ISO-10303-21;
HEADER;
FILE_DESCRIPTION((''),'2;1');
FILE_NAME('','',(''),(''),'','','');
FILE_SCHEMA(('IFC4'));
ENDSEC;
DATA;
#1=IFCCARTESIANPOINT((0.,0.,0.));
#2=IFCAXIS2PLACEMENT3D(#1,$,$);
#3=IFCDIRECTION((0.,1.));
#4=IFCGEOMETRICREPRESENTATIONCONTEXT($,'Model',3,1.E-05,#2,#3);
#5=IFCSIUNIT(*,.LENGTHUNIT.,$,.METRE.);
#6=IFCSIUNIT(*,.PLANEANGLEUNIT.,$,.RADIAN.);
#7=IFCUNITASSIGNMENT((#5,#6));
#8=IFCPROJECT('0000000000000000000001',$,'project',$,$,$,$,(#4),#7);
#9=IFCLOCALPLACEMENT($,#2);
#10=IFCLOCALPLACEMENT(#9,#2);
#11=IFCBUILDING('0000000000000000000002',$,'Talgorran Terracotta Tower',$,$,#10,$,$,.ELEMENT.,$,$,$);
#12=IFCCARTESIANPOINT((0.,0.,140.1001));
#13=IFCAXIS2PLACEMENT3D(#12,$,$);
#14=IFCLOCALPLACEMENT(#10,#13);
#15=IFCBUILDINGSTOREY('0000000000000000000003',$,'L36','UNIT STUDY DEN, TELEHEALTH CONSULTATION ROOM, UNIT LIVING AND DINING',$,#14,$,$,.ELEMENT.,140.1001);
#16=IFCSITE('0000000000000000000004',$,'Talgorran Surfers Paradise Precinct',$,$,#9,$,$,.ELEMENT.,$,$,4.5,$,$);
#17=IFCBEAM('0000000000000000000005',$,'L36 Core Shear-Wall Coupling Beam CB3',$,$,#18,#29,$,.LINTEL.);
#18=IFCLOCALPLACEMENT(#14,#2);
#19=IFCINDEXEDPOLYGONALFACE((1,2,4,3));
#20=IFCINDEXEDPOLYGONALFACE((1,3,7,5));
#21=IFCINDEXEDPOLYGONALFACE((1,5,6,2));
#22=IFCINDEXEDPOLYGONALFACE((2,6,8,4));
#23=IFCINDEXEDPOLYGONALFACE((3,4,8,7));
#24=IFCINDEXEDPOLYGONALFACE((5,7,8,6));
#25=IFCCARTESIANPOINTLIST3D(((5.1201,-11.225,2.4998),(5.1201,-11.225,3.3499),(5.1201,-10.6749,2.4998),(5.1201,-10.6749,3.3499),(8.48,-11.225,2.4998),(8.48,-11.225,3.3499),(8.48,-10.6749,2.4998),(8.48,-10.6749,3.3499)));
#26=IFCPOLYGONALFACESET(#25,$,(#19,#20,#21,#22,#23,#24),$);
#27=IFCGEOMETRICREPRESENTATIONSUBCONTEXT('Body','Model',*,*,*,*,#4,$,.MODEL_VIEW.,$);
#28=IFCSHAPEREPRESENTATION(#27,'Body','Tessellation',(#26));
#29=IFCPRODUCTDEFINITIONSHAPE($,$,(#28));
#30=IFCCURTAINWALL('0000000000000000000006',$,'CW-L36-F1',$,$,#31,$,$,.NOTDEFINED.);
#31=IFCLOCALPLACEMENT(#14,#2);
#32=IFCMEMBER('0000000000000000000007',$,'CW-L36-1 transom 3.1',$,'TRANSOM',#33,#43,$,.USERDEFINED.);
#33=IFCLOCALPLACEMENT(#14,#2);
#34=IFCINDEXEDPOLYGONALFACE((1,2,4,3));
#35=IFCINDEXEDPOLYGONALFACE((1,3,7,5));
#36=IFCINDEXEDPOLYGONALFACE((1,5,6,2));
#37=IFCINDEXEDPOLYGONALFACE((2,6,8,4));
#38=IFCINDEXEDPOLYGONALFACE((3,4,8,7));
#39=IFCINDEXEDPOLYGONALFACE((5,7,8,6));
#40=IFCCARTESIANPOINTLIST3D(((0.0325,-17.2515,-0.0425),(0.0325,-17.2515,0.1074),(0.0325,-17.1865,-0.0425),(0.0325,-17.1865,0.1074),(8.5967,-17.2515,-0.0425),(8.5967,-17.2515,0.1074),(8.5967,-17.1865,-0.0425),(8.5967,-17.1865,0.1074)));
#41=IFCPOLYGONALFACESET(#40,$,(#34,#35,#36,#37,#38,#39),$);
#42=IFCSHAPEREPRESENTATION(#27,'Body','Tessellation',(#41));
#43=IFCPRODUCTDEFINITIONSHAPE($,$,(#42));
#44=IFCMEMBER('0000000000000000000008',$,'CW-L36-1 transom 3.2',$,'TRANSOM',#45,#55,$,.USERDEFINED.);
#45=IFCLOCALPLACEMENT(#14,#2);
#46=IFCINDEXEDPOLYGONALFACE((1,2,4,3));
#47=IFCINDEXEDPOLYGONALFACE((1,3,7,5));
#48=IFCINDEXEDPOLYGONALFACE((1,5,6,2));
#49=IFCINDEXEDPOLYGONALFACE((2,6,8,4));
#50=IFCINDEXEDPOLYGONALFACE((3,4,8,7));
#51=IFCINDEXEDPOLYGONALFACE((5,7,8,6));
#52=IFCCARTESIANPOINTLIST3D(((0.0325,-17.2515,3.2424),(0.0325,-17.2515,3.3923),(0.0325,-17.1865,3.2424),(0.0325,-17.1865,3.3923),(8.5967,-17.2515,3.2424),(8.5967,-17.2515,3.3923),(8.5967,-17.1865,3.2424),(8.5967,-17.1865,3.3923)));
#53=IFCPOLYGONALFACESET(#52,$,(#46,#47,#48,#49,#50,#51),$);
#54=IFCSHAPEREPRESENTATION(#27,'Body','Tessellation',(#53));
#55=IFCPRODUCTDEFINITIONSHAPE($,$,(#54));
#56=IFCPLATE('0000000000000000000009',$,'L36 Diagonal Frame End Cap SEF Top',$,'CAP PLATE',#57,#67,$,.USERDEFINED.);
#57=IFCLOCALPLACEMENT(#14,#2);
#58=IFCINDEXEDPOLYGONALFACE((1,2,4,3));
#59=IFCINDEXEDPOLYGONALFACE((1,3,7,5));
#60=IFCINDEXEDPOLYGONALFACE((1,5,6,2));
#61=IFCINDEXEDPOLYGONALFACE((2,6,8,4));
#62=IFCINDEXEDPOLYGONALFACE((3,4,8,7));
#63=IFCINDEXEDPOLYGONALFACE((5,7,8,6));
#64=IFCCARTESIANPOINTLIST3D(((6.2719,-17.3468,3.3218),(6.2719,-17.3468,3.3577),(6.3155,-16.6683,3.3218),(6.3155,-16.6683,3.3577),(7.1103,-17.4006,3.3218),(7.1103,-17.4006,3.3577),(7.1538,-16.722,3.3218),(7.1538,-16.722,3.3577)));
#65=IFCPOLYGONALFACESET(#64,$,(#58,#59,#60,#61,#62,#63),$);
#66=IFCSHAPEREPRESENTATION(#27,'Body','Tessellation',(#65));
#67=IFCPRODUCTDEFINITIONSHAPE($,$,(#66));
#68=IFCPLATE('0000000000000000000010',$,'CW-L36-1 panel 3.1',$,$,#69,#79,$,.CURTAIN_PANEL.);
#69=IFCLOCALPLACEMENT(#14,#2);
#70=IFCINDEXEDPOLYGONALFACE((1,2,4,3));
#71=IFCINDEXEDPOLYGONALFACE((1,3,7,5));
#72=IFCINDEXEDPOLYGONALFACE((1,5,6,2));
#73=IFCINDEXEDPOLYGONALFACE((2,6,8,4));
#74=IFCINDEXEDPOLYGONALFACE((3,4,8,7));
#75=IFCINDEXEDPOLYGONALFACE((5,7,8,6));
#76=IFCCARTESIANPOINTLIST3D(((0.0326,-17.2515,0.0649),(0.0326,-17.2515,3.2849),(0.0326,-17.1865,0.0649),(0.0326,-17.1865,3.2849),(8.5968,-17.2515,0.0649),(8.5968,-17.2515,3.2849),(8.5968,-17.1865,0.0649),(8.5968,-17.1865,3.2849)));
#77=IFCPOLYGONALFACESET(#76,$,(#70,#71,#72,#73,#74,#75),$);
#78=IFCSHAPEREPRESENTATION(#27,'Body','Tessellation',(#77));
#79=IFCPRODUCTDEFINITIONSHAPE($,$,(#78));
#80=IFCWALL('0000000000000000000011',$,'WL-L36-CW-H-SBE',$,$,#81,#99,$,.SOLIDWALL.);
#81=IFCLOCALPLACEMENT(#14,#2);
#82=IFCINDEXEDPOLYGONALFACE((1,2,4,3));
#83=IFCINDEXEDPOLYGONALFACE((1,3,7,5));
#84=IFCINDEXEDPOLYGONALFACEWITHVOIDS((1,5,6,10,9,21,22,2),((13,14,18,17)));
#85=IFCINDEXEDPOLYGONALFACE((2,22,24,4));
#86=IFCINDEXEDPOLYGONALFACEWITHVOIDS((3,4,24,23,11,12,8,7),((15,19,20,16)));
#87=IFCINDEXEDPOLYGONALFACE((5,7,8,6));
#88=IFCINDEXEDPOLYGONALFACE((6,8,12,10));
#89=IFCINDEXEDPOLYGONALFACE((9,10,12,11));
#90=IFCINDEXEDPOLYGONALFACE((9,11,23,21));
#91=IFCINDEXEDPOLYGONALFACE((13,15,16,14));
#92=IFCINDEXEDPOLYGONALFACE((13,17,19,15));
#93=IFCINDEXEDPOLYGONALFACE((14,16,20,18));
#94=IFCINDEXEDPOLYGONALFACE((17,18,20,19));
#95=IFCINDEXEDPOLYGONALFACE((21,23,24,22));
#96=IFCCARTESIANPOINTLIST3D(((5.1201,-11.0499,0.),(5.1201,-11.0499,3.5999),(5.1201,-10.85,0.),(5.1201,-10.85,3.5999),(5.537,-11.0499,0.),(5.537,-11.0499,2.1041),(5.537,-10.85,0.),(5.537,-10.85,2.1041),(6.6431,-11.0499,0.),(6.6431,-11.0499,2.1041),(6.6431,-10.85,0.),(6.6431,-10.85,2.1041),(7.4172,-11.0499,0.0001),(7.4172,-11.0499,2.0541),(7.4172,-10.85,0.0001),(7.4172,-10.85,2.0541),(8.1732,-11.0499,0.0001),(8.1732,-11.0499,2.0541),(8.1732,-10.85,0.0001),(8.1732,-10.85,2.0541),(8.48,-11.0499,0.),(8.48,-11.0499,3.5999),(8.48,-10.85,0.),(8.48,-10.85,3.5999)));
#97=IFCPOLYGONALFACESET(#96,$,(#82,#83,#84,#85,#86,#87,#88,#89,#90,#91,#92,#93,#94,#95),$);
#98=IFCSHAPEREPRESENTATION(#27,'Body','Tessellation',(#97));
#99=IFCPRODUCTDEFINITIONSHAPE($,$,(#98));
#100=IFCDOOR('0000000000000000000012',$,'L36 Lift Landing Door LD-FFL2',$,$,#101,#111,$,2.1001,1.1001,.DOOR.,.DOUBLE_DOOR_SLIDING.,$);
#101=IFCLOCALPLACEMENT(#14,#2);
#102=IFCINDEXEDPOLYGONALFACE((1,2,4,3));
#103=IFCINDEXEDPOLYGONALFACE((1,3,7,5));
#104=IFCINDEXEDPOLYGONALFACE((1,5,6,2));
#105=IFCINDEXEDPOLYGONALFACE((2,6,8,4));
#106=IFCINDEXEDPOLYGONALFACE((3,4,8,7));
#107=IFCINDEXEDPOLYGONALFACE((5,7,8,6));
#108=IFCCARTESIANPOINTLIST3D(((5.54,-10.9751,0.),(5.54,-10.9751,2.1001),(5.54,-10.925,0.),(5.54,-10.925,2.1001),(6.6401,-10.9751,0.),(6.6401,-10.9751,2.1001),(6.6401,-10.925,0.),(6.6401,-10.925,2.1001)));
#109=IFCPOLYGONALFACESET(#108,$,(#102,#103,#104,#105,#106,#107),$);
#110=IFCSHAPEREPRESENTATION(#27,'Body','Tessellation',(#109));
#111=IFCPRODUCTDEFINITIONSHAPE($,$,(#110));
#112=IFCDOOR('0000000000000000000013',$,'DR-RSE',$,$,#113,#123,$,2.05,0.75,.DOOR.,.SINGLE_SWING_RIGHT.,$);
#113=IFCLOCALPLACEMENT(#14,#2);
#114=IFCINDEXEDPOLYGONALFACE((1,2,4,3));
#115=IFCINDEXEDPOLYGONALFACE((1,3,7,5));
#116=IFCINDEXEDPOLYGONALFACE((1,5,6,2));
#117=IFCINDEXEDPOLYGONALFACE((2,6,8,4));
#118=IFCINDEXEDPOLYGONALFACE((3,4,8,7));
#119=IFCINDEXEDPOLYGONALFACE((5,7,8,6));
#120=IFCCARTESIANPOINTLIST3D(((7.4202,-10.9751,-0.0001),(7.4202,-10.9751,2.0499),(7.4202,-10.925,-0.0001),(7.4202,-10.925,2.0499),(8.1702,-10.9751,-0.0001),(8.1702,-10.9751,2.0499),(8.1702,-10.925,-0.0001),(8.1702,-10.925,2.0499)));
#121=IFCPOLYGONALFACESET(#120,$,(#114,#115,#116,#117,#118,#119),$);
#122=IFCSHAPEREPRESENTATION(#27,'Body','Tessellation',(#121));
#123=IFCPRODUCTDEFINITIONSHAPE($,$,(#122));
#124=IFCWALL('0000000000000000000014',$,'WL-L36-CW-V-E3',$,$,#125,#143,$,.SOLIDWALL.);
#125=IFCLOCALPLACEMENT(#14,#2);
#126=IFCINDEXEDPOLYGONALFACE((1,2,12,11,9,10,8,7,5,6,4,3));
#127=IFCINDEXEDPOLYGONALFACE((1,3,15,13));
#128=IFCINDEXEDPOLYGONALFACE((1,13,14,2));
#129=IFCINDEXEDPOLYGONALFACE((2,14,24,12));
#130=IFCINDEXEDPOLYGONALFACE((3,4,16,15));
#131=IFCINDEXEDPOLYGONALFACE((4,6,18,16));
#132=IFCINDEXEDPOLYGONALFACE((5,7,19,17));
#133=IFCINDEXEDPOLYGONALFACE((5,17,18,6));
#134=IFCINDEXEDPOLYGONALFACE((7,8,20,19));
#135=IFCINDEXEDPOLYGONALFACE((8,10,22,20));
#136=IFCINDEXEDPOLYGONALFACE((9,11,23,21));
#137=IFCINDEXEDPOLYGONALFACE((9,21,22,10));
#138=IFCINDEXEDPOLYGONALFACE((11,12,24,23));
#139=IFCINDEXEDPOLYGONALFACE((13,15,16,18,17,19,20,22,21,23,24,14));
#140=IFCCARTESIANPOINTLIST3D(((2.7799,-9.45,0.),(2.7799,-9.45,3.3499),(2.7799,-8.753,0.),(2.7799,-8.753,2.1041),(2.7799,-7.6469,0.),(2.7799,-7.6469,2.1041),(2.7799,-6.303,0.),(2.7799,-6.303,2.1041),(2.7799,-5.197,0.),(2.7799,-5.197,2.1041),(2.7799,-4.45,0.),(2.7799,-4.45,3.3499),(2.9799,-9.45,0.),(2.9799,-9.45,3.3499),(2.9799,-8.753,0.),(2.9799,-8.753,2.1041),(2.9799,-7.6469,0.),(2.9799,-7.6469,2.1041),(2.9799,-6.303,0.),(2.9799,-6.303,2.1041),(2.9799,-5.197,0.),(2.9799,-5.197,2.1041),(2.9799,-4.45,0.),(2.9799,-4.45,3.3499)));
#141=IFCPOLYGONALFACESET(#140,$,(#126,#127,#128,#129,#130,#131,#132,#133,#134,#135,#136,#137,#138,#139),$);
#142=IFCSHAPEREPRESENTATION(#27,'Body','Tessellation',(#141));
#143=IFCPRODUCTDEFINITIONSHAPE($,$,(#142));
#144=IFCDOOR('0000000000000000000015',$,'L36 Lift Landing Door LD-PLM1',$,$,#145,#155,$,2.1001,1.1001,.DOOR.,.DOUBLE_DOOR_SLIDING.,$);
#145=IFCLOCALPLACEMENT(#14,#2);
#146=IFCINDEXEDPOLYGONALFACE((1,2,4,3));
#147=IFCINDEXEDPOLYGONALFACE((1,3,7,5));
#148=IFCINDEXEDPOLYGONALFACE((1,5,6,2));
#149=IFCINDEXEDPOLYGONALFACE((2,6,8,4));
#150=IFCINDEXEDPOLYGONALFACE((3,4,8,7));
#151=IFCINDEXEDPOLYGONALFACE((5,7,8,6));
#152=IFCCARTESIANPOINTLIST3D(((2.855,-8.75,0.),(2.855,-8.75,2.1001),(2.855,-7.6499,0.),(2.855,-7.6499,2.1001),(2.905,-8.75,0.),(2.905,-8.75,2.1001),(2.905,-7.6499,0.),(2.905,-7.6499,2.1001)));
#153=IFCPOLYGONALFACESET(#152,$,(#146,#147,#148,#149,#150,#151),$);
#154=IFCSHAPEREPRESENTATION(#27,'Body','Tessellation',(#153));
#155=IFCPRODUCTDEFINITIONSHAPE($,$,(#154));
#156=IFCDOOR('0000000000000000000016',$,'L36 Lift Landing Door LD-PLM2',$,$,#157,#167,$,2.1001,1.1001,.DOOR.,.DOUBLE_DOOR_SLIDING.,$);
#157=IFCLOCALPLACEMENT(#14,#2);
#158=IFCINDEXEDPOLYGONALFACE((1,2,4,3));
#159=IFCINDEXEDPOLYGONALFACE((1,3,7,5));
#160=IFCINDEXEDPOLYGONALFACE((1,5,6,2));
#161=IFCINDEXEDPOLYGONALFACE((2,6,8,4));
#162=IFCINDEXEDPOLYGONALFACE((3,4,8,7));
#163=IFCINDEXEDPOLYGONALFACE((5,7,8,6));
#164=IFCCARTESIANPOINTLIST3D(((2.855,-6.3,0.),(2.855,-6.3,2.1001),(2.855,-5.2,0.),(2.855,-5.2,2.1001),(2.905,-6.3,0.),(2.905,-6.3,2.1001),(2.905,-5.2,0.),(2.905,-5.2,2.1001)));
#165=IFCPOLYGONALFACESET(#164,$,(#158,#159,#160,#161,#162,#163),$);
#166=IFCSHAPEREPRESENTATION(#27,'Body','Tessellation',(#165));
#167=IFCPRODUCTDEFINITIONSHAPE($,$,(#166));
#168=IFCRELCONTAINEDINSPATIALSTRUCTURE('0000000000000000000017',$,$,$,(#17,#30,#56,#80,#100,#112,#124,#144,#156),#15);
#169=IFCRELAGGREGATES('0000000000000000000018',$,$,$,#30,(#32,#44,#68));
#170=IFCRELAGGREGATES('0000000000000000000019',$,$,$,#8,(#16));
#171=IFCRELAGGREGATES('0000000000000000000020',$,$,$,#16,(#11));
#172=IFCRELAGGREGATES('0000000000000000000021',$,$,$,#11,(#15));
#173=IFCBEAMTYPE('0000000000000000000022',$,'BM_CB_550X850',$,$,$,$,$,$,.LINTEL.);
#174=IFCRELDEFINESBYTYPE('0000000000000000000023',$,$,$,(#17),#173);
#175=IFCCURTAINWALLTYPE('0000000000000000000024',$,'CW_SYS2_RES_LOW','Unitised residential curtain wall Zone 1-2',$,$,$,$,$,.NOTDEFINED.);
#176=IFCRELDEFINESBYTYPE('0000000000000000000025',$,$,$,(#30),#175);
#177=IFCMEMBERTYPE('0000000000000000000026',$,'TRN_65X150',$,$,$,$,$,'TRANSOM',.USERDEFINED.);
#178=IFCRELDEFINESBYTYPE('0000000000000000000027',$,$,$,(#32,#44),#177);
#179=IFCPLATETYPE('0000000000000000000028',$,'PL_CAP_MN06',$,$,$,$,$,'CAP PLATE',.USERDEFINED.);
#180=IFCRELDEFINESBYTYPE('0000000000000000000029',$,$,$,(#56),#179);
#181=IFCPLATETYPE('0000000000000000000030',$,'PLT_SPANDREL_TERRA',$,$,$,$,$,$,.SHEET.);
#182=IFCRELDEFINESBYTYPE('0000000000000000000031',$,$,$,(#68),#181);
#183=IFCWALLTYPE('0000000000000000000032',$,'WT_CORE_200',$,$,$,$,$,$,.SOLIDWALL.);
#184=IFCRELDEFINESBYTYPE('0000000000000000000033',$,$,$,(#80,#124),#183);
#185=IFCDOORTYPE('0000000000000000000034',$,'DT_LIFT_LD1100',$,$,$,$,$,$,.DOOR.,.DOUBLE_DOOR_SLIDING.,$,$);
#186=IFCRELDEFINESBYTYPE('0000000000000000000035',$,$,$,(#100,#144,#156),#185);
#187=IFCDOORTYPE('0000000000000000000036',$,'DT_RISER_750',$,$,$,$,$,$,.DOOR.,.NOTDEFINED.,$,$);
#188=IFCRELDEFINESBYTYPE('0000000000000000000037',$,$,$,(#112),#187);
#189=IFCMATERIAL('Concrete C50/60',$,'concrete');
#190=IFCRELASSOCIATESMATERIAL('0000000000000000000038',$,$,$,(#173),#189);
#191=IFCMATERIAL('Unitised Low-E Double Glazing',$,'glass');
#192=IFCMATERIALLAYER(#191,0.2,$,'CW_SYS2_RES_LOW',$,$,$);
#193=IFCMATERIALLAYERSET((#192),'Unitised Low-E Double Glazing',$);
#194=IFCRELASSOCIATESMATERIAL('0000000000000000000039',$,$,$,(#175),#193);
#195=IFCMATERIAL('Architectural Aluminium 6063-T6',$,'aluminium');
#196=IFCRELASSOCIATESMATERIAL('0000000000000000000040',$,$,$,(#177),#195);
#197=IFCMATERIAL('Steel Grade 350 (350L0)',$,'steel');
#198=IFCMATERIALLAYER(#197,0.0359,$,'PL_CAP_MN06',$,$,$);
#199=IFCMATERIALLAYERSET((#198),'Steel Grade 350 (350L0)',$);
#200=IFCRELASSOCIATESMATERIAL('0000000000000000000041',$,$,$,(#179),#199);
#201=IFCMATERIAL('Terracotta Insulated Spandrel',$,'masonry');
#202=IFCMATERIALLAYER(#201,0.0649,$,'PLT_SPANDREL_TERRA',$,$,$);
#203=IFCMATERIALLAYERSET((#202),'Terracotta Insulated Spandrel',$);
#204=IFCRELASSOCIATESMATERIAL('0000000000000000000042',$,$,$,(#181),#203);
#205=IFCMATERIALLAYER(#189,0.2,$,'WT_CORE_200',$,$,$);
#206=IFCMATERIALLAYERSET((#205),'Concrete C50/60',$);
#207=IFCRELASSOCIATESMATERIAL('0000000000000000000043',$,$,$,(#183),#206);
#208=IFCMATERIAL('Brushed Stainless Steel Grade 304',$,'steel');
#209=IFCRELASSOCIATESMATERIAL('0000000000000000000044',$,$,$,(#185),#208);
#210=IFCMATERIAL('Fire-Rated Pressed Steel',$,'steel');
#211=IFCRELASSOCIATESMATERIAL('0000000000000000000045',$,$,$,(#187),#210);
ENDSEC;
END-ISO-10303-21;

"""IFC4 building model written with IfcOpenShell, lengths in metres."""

from ifc_helpers import new_model, si_unit, direction, frame, frame_2d, origin, origin_2d, place, context, subcontext, project, spatial, rectangle, extrude, source, transform, mapped, material, layer, layer_set, material_profile, profile_set, type_object, type_shapes, element, fill, aggregate, save


model = new_model("IFC4")

# Units and contexts
model_context = context("Model", 3, precision=1e-05, world=origin(), true_north=direction((0.0, 1.0)))
body_context = subcontext(model_context, "Body", "Model", "MODEL_VIEW")
ifc_project = project(units=[si_unit("LENGTHUNIT", "METRE"), si_unit("PLANEANGLEUNIT", "RADIAN")], contexts=[model_context])

# Site, building, storey
site_placement = place(None, origin())
site = spatial("IfcSite", under=ifc_project, at=site_placement, Name="Talgorran Surfers Paradise Precinct", CompositionType="ELEMENT", RefElevation=4.5)
building_placement = place(site_placement, origin())
building = spatial("IfcBuilding", under=site, at=building_placement, Name="Talgorran Terracotta Tower", CompositionType="ELEMENT")
storey_placement = place(building_placement, frame((0.0, 0.0, 140.1001)))
storey = spatial("IfcBuildingStorey", under=building, at=storey_placement, Name="L36", Description="UNIT STUDY DEN, TELEHEALTH CONSULTATION ROOM, UNIT LIVING AND DINING", CompositionType="ELEMENT", Elevation=140.1001)

# Beam
ifc_material_1 = material(Name="Concrete C50/60", Category="concrete")
ifc_material_profile_1 = material_profile(ifc_material_1, rectangle(XDim=0.55, YDim=0.8501, at=origin_2d()), Name="RCCB550X850")
ifc_profile_set_1 = profile_set([ifc_material_profile_1], Name="Concrete C50/60")
beam_type = type_object("IfcBeamType", Name="BM_CB_550X850", PredefinedType="LINTEL", material=ifc_profile_set_1)
beam_placement = place(storey_placement, frame((5.1201, -10.95, 2.9248), z_axis=(1.0, 0.0, 0.0), x_axis=(0.0, 1.0, 0.0)))
element("IfcBeam", 1, at=beam_placement, inside=storey, type_object=beam_type, Name="L36 Core Shear-Wall Coupling Beam CB3", PredefinedType="LINTEL", context=body_context, shape_type="SweptSolid", body=[
    extrude(rectangle(XDim=0.55, YDim=0.8501, at=origin_2d()), origin(), (0.0, 0.0, 1.0), 3.3599),
])

# Curtain wall, members
ifc_material_2 = material(Name="Unitised Low-E Double Glazing", Category="glass")
ifc_layer_1 = layer(ifc_material_2, 0.2, Name="CW_SYS2_RES_LOW")
ifc_layer_set_1 = layer_set([ifc_layer_1], Name="Unitised Low-E Double Glazing")
curtain_wall_type = type_object("IfcCurtainWallType", Name="CW_SYS2_RES_LOW", Description="Unitised residential curtain wall Zone 1-2", PredefinedType="NOTDEFINED", material=ifc_layer_set_1)
curtain_wall_placement = place(storey_placement, origin())
curtain_wall = element("IfcCurtainWall", 2, at=curtain_wall_placement, inside=storey, type_object=curtain_wall_type, Name="CW-L36-F1", PredefinedType="NOTDEFINED")
ifc_material_3 = material(Name="Architectural Aluminium 6063-T6", Category="aluminium")
ifc_material_profile_2 = material_profile(ifc_material_3, rectangle(XDim=0.0649, YDim=0.1499, at=origin_2d()), Name="CWT65X150")
ifc_profile_set_2 = profile_set([ifc_material_profile_2], Name="Architectural Aluminium 6063-T6")
member_type = type_object("IfcMemberType", Name="TRN_65X150", ElementType="TRANSOM", PredefinedType="USERDEFINED", material=ifc_profile_set_2)
member_1_placement = place(storey_placement, frame((0.0325, -17.219, 0.0325), z_axis=(1.0, 0.0, 0.0), x_axis=(0.0, 1.0, 0.0)))
member_1 = element("IfcMember", 3, at=member_1_placement, type_object=member_type, Name="CW-L36-1 transom 3.1", ObjectType="TRANSOM", PredefinedType="USERDEFINED", context=body_context, shape_type="SweptSolid", body=[
    extrude(rectangle(XDim=0.0649, YDim=0.1499, at=origin_2d()), origin(), (0.0, 0.0, 1.0), 8.5642),
])
member_2_placement = place(storey_placement, frame((0.0325, -17.219, 3.3174), z_axis=(1.0, 0.0, 0.0), x_axis=(0.0, 1.0, 0.0)))
member_2 = element("IfcMember", 4, at=member_2_placement, type_object=member_type, Name="CW-L36-1 transom 3.2", ObjectType="TRANSOM", PredefinedType="USERDEFINED", context=body_context, shape_type="SweptSolid", body=[
    extrude(rectangle(XDim=0.0649, YDim=0.1499, at=origin_2d()), origin(), (0.0, 0.0, 1.0), 8.5642),
])

# Plates
ifc_material_4 = material(Name="Steel Grade 350 (350L0)", Category="steel")
ifc_layer_2 = layer(ifc_material_4, 0.0359, Name="PL_CAP_MN06")
ifc_layer_set_2 = layer_set([ifc_layer_2], Name="Steel Grade 350 (350L0)")
plate_type_1 = type_object("IfcPlateType", Name="PL_CAP_MN06", ElementType="CAP PLATE", PredefinedType="USERDEFINED", material=ifc_layer_set_2)
plate_1_placement = place(storey_placement, frame((6.7129, -17.0344, 3.3218), z_axis=(0.0, 0.0, 1.0), x_axis=(-0.997949, 0.06401, 0.0)))
element("IfcPlate", 5, at=plate_1_placement, inside=storey, type_object=plate_type_1, Name="L36 Diagonal Frame End Cap SEF Top", ObjectType="CAP PLATE", PredefinedType="USERDEFINED", context=body_context, shape_type="SweptSolid", body=[
    extrude(rectangle(XDim=0.8401, YDim=0.6799, at=origin_2d()), origin(), (0.0, 0.0, 1.0), 0.0359),
])
ifc_material_5 = material(Name="Terracotta Insulated Spandrel", Category="masonry")
ifc_layer_3 = layer(ifc_material_5, 0.0649, Name="PLT_SPANDREL_TERRA")
ifc_layer_set_3 = layer_set([ifc_layer_3], Name="Terracotta Insulated Spandrel")
plate_type_2 = type_object("IfcPlateType", Name="PLT_SPANDREL_TERRA", PredefinedType="SHEET", material=ifc_layer_set_3)
shared_shape = source(origin(), body_context, "Body", "SweptSolid", [
    extrude(rectangle(XDim=8.5642, YDim=0.0649, at=origin_2d()), origin(), (0.0, 0.0, 1.0), 3.22),
])
type_shapes(plate_type_2, [shared_shape])
plate_2_placement = place(storey_placement, frame((4.3147, -17.219, 0.0649), z_axis=(0.0, 0.0, 1.0), x_axis=(1.0, 0.0, 0.0)))
plate_2 = element("IfcPlate", 6, at=plate_2_placement, type_object=plate_type_2, Name="CW-L36-1 panel 3.1", PredefinedType="CURTAIN_PANEL", context=body_context, shape_type="MappedRepresentation", body=[
    mapped(shared_shape, transform((0.0, 0.0, 0.0), scale=1.0)),
])
aggregate(curtain_wall, [member_1, member_2, plate_2])

# Walls, openings, doors
ifc_layer_4 = layer(ifc_material_1, 0.2, Name="WT_CORE_200")
ifc_layer_set_4 = layer_set([ifc_layer_4], Name="Concrete C50/60")
wall_type_1 = type_object("IfcWallType", Name="WT_CORE_200", PredefinedType="SOLIDWALL", material=ifc_layer_set_4)
wall_1_placement = place(storey_placement, frame((5.1201, -10.95, 0.0), z_axis=(0.0, 0.0, 1.0), x_axis=(1.0, 0.0, 0.0)))
wall_1 = element("IfcWall", 7, at=wall_1_placement, inside=storey, type_object=wall_type_1, Name="WL-L36-CW-H-SBE", PredefinedType="SOLIDWALL", context=body_context, shape_type="SweptSolid", body=[
    extrude(rectangle(XDim=3.3599, YDim=0.2, at=frame_2d((1.6799, 0.0))), origin(), (0.0, 0.0, 1.0), 3.5999),
])
opening_1_placement = place(wall_1_placement, frame((0.4199, 0.0, 0.0)))
opening_1 = element("IfcOpeningElement", 8, at=opening_1_placement, cuts=wall_1, PredefinedType="OPENING", context=body_context, shape_type="SweptSolid", body=[
    extrude(rectangle(XDim=1.1061, YDim=2.1041, at=frame_2d((0.55, 1.052))), frame((0.0, 0.1099, 0.0), z_axis=(0.0, -1.0, 0.0), x_axis=(1.0, 0.0, 0.0)), (0.0, 0.0, 1.0), 0.22),
])
opening_2_placement = place(wall_1_placement, frame((2.3, 0.0, 0.0)))
opening_2 = element("IfcOpeningElement", 9, at=opening_2_placement, cuts=wall_1, PredefinedType="OPENING", context=body_context, shape_type="SweptSolid", body=[
    extrude(rectangle(XDim=0.756, YDim=2.054, at=frame_2d((0.375, 1.0271))), frame((0.0, 0.1099, 0.0), z_axis=(0.0, -1.0, 0.0), x_axis=(1.0, 0.0, 0.0)), (0.0, 0.0, 1.0), 0.22),
])
ifc_material_6 = material(Name="Brushed Stainless Steel Grade 304", Category="steel")
door_type_1 = type_object("IfcDoorType", Name="DT_LIFT_LD1100", OperationType="DOUBLE_DOOR_SLIDING", PredefinedType="DOOR", material=ifc_material_6)
door_1_placement = place(opening_1_placement, origin())
door_1 = element("IfcDoor", 10, at=door_1_placement, inside=storey, type_object=door_type_1, Name="L36 Lift Landing Door LD-FFL2", OperationType="DOUBLE_DOOR_SLIDING", OverallHeight=2.1001, OverallWidth=1.1001, PredefinedType="DOOR", context=body_context, shape_type="SweptSolid", body=[
    extrude(rectangle(XDim=1.1001, YDim=2.1001, at=frame_2d((0.55, 1.05))), frame((0.0, 0.0249, 0.0), z_axis=(0.0, -1.0, 0.0), x_axis=(1.0, 0.0, 0.0)), (0.0, 0.0, 1.0), 0.05),
])
fill(opening_1, door_1)
ifc_material_7 = material(Name="Fire-Rated Pressed Steel", Category="steel")
door_type_2 = type_object("IfcDoorType", Name="DT_RISER_750", OperationType="NOTDEFINED", PredefinedType="DOOR", material=ifc_material_7)
door_2_placement = place(opening_2_placement, origin())
door_2 = element("IfcDoor", 11, at=door_2_placement, inside=storey, type_object=door_type_2, Name="DR-RSE", OperationType="SINGLE_SWING_RIGHT", OverallHeight=2.05, OverallWidth=0.75, PredefinedType="DOOR", context=body_context, shape_type="SweptSolid", body=[
    extrude(rectangle(XDim=0.75, YDim=2.05, at=frame_2d((0.375, 1.0249))), frame((0.0, 0.0249, 0.0), z_axis=(0.0, -1.0, 0.0), x_axis=(1.0, 0.0, 0.0)), (0.0, 0.0, 1.0), 0.05),
])
fill(opening_2, door_2)
wall_2_placement = place(storey_placement, frame((2.8799, -9.45, 0.0), z_axis=(0.0, 0.0, 1.0), x_axis=(0.0, 1.0, 0.0)))
wall_2 = element("IfcWall", 12, at=wall_2_placement, inside=storey, type_object=wall_type_1, Name="WL-L36-CW-V-E3", PredefinedType="SOLIDWALL", context=body_context, shape_type="SweptSolid", body=[
    extrude(rectangle(XDim=5.0, YDim=0.2, at=frame_2d((2.5, 0.0))), origin(), (0.0, 0.0, 1.0), 3.3499),
])
opening_3_placement = place(wall_2_placement, frame((0.7, 0.0, 0.0)))
opening_3 = element("IfcOpeningElement", 13, at=opening_3_placement, cuts=wall_2, PredefinedType="OPENING", context=body_context, shape_type="SweptSolid", body=[
    extrude(rectangle(XDim=1.1061, YDim=2.1041, at=frame_2d((0.55, 1.052))), frame((0.0, 0.1099, 0.0), z_axis=(0.0, -1.0, 0.0), x_axis=(1.0, 0.0, 0.0)), (0.0, 0.0, 1.0), 0.22),
])
opening_4_placement = place(wall_2_placement, frame((3.1499, 0.0, 0.0)))
opening_4 = element("IfcOpeningElement", 14, at=opening_4_placement, cuts=wall_2, PredefinedType="OPENING", context=body_context, shape_type="SweptSolid", body=[
    extrude(rectangle(XDim=1.1061, YDim=2.1041, at=frame_2d((0.55, 1.052))), frame((0.0, 0.1099, 0.0), z_axis=(0.0, -1.0, 0.0), x_axis=(1.0, 0.0, 0.0)), (0.0, 0.0, 1.0), 0.22),
])
door_3_placement = place(opening_3_placement, origin())
door_3 = element("IfcDoor", 15, at=door_3_placement, inside=storey, type_object=door_type_1, Name="L36 Lift Landing Door LD-PLM1", OperationType="DOUBLE_DOOR_SLIDING", OverallHeight=2.1001, OverallWidth=1.1001, PredefinedType="DOOR", context=body_context, shape_type="SweptSolid", body=[
    extrude(rectangle(XDim=1.1001, YDim=2.1001, at=frame_2d((0.55, 1.05))), frame((0.0, 0.0249, 0.0), z_axis=(0.0, -1.0, 0.0), x_axis=(1.0, 0.0, 0.0)), (0.0, 0.0, 1.0), 0.05),
])
fill(opening_3, door_3)
door_4_placement = place(opening_4_placement, origin())
door_4 = element("IfcDoor", 16, at=door_4_placement, inside=storey, type_object=door_type_1, Name="L36 Lift Landing Door LD-PLM2", OperationType="DOUBLE_DOOR_SLIDING", OverallHeight=2.1001, OverallWidth=1.1001, PredefinedType="DOOR", context=body_context, shape_type="SweptSolid", body=[
    extrude(rectangle(XDim=1.1001, YDim=2.1001, at=frame_2d((0.55, 1.05))), frame((0.0, 0.0249, 0.0), z_axis=(0.0, -1.0, 0.0), x_axis=(1.0, 0.0, 0.0)), (0.0, 0.0, 1.0), 0.05),
])
fill(opening_4, door_4)

save(model, "model.ifc")
